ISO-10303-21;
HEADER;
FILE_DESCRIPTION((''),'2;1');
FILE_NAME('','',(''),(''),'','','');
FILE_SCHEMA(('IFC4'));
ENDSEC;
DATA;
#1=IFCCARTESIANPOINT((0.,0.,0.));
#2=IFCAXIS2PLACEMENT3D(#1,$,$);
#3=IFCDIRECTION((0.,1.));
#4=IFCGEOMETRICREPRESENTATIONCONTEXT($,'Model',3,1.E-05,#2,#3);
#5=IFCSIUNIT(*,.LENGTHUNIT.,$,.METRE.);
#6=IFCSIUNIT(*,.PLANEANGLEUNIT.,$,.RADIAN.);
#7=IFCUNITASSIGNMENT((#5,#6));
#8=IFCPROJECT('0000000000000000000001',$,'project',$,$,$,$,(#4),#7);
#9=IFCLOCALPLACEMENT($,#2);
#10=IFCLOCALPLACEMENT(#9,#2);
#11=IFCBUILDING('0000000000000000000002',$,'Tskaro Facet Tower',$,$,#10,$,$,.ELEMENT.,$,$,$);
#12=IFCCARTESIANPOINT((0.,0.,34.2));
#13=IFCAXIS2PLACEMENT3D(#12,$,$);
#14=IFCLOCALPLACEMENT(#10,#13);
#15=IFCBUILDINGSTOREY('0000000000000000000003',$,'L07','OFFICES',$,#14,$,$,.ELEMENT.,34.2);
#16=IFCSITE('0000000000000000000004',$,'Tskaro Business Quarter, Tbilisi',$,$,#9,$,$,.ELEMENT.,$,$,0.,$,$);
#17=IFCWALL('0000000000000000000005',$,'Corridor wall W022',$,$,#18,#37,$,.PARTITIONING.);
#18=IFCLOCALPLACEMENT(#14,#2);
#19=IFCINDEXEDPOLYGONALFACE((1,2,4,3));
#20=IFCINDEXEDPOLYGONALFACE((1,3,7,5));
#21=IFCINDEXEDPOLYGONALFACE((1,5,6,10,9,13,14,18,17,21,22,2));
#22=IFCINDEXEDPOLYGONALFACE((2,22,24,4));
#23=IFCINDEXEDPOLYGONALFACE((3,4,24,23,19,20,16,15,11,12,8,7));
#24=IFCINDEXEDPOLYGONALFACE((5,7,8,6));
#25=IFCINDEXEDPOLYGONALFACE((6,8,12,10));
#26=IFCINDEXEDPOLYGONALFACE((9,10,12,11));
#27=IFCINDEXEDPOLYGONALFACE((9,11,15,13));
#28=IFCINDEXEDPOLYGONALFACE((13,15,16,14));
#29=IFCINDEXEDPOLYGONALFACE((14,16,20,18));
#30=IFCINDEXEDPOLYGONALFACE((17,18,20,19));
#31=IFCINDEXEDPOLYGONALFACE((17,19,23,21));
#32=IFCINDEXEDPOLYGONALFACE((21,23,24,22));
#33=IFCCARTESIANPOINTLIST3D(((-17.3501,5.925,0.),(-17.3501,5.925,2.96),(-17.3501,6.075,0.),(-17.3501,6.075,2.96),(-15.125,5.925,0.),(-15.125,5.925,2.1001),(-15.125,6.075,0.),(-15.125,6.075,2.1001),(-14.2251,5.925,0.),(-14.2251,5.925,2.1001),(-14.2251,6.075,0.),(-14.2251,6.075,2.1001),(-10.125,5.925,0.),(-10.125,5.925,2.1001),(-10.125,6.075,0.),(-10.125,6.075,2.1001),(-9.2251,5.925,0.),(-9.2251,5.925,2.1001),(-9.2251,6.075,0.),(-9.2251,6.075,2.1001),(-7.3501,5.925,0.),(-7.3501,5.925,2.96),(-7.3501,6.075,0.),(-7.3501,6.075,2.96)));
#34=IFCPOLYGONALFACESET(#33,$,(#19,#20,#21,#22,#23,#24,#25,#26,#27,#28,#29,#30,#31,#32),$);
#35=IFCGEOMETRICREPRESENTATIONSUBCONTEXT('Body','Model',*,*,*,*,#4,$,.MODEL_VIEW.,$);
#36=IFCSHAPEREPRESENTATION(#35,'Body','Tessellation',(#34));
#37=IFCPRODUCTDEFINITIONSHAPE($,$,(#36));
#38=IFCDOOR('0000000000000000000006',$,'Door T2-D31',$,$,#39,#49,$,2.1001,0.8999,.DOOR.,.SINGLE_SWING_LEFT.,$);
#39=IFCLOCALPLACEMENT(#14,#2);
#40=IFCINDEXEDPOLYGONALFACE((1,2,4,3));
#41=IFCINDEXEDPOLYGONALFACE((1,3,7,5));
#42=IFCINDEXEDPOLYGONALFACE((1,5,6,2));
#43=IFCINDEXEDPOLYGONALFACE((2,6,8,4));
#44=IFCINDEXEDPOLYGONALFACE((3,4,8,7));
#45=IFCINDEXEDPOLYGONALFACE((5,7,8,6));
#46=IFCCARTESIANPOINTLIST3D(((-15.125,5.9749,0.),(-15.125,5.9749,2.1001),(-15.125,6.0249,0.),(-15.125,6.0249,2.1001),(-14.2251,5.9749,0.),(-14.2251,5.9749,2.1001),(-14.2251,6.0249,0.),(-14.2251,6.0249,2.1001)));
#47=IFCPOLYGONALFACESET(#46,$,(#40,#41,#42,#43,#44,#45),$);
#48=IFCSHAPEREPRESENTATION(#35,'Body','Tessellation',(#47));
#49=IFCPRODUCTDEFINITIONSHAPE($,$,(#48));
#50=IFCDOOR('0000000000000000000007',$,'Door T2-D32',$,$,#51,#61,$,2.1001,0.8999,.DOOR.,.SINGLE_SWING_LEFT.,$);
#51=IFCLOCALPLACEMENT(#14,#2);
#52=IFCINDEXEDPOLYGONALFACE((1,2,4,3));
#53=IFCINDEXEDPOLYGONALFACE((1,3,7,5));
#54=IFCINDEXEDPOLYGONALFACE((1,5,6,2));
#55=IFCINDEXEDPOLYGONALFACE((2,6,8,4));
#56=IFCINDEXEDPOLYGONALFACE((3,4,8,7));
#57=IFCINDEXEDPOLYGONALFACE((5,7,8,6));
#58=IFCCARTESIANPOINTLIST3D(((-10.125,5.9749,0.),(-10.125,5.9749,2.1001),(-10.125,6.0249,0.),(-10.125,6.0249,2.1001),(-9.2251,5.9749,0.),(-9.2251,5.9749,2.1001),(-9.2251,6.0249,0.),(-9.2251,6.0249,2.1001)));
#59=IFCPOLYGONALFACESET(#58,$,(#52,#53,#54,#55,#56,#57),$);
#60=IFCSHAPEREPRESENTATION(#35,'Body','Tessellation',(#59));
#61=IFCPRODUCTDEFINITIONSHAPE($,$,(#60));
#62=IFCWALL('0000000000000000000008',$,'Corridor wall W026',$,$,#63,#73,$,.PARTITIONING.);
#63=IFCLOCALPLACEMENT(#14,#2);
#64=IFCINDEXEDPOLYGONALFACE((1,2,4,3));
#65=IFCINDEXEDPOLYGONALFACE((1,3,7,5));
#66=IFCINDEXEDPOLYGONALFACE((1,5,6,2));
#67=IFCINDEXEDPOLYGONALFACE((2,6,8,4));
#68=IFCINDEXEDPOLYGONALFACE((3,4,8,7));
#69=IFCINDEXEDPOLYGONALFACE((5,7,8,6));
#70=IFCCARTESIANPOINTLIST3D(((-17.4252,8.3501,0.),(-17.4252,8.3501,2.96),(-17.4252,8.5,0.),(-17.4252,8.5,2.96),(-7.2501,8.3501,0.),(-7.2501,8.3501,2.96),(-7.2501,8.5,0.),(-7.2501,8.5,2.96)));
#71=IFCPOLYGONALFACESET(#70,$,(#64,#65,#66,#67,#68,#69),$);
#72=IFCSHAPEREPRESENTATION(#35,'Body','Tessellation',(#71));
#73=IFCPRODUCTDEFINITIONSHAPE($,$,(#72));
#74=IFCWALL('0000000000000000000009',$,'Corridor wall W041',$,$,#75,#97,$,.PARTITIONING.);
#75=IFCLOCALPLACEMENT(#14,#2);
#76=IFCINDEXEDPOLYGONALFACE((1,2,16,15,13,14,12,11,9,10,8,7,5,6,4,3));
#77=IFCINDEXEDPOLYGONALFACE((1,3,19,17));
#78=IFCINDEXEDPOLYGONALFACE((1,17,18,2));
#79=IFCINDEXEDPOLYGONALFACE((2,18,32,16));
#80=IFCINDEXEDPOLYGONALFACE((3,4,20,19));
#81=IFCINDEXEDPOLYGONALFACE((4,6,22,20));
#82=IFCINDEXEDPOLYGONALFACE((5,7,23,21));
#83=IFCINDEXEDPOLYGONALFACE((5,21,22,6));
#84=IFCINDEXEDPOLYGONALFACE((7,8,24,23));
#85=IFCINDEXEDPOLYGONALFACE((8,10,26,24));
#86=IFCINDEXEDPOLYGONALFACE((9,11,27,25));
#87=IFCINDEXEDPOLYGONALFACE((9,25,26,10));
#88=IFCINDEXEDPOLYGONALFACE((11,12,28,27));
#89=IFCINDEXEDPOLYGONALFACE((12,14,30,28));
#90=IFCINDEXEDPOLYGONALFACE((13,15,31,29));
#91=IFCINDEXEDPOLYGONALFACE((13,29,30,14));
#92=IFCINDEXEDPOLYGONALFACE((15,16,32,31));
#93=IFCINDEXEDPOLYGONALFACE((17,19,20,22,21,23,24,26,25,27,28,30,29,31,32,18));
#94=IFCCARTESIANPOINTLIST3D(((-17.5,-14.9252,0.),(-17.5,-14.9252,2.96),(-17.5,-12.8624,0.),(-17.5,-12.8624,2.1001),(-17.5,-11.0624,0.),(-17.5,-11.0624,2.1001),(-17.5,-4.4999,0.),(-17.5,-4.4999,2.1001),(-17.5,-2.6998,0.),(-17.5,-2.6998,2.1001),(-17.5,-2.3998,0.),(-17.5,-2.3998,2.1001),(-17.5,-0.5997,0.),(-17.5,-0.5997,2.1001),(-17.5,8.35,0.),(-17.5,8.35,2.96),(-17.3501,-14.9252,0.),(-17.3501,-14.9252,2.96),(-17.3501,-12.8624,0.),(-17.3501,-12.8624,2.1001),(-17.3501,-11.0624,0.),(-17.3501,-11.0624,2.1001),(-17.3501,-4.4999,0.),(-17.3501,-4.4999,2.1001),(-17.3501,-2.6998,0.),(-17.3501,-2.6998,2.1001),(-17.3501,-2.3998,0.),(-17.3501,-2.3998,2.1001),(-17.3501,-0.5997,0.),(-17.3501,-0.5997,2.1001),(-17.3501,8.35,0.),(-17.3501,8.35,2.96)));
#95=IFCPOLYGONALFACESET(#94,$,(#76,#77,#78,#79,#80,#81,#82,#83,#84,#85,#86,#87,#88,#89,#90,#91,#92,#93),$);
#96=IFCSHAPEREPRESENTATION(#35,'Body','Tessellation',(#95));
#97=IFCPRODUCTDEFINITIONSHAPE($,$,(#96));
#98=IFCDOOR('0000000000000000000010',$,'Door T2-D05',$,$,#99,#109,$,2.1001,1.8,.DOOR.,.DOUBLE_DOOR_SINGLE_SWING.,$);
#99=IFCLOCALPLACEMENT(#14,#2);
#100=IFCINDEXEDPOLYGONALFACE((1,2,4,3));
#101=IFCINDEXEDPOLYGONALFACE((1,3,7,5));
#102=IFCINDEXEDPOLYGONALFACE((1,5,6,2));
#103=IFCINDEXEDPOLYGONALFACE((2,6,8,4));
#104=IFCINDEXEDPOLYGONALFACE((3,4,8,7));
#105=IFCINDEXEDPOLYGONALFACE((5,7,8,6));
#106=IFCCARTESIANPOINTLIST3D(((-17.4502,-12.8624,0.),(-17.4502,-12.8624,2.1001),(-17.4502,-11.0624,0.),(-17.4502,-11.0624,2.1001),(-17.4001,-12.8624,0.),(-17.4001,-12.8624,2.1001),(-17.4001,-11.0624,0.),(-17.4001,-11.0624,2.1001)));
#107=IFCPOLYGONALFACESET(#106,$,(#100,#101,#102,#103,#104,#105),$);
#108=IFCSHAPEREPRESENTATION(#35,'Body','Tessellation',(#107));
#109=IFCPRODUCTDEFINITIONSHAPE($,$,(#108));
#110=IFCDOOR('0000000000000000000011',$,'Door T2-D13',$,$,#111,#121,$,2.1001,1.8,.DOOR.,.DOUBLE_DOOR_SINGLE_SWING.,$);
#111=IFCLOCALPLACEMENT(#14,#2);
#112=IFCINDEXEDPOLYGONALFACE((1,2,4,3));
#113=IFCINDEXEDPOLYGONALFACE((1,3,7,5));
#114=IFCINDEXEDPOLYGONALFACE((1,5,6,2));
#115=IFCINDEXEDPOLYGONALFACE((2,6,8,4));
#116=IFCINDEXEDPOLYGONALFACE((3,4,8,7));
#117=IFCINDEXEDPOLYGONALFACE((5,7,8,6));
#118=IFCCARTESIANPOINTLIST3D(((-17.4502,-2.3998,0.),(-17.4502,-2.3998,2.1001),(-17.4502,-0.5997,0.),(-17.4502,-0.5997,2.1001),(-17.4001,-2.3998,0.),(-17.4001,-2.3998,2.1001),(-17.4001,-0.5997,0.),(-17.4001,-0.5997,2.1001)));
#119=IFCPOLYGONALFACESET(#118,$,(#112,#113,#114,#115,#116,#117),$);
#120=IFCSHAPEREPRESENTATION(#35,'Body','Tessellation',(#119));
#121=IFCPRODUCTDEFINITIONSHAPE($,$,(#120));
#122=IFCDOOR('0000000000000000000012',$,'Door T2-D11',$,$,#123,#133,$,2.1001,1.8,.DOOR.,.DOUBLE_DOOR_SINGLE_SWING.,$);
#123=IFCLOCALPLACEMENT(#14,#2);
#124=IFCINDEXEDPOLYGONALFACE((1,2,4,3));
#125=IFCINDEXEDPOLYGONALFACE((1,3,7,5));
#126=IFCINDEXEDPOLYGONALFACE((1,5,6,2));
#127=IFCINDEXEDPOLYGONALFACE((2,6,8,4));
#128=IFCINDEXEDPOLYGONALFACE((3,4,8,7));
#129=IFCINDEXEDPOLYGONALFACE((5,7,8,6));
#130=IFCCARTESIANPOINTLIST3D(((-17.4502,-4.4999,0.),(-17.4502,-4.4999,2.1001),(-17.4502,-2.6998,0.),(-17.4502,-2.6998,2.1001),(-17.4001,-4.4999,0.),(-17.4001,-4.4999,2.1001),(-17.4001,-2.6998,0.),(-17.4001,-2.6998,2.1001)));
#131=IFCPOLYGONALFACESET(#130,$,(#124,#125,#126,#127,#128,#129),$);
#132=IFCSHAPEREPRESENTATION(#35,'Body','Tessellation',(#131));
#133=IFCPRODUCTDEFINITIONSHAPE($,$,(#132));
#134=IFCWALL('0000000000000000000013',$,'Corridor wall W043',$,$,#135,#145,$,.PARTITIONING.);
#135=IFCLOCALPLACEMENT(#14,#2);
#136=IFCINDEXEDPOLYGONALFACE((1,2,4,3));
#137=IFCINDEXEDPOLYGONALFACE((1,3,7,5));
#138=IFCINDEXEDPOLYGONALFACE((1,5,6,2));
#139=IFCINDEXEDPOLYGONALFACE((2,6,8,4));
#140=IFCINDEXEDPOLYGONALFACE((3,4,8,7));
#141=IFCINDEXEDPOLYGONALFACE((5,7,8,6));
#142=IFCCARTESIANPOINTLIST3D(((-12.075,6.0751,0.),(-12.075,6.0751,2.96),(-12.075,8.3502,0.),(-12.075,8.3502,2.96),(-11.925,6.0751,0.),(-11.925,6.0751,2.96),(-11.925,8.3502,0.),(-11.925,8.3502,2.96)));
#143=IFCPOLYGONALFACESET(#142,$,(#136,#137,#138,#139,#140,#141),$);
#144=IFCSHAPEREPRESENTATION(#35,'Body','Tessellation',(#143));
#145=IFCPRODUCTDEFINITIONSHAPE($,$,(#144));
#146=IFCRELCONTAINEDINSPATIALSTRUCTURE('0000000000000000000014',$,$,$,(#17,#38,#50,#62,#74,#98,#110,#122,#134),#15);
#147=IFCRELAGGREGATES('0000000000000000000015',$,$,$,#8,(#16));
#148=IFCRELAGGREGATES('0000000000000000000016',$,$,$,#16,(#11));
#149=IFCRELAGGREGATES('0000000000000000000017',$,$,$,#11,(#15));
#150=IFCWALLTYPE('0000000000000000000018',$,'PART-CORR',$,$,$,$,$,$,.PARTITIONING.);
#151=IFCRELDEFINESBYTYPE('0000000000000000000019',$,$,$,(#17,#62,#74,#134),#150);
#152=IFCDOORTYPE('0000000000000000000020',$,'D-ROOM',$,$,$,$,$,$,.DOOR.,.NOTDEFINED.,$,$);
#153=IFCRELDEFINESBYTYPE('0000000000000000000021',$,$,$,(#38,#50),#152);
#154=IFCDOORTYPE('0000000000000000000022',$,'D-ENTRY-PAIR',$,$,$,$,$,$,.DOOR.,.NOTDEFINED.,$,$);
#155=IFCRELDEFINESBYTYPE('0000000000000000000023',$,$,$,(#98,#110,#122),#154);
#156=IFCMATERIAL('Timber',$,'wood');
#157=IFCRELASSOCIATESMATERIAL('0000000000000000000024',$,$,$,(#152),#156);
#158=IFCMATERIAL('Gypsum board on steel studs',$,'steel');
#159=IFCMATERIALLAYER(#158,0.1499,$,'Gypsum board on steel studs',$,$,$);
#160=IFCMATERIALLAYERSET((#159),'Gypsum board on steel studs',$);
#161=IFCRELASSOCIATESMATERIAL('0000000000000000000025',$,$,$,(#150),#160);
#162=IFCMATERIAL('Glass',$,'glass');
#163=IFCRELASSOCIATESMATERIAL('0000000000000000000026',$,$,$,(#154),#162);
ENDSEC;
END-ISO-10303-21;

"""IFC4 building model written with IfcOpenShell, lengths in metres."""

from ifc_helpers import new_model, si_unit, direction, frame, frame_2d, origin, place, context, subcontext, project, spatial, rectangle, extrude, material, layer, layer_set, type_object, element, fill, save


model = new_model("IFC4")

# Units and contexts
model_context = context("Model", 3, precision=1e-05, world=origin(), true_north=direction((0.0, 1.0)))
body_context = subcontext(model_context, "Body", "Model", "MODEL_VIEW")
ifc_project = project(units=[si_unit("LENGTHUNIT", "METRE"), si_unit("PLANEANGLEUNIT", "RADIAN")], contexts=[model_context])

# Site, building, storey
site_placement = place(None, origin())
site = spatial("IfcSite", under=ifc_project, at=site_placement, Name="Tskaro Business Quarter, Tbilisi", CompositionType="ELEMENT", RefElevation=0.0)
building_placement = place(site_placement, origin())
building = spatial("IfcBuilding", under=site, at=building_placement, Name="Tskaro Facet Tower", CompositionType="ELEMENT")
storey_placement = place(building_placement, frame((0.0, 0.0, 34.2)))
storey = spatial("IfcBuildingStorey", under=building, at=storey_placement, Name="L07", Description="OFFICES", CompositionType="ELEMENT", Elevation=34.2)

# Shared definitions
ifc_material_1 = material(Name="Timber", Category="wood")
door_type_1 = type_object("IfcDoorType", Name="D-ROOM", OperationType="NOTDEFINED", PredefinedType="DOOR", material=ifc_material_1)

# Shared definitions
ifc_material_2 = material(Name="Gypsum board on steel studs", Category="steel")

# Wall, openings, doors
ifc_layer_1 = layer(ifc_material_2, 0.1499, Name="Gypsum board on steel studs")
ifc_layer_set_1 = layer_set([ifc_layer_1], Name="Gypsum board on steel studs")
wall_type_1 = type_object("IfcWallType", Name="PART-CORR", PredefinedType="PARTITIONING", material=ifc_layer_set_1)
wall_1_placement = place(storey_placement, frame((-17.3501, 6.0, 0.0), z_axis=(0.0, 0.0, 1.0), x_axis=(1.0, 0.0, 0.0)))
wall_1 = element("IfcWall", 1, at=wall_1_placement, inside=storey, type_object=wall_type_1, Name="Corridor wall W022", PredefinedType="PARTITIONING", context=body_context, shape_type="SweptSolid", body=[
    extrude(rectangle(XDim=10.0, YDim=0.1499, at=frame_2d((5.0, 0.0))), origin(), (0.0, 0.0, 1.0), 2.96),
])
opening_1_placement = place(wall_1_placement, frame((2.2251, 0.0, 0.0)))
opening_1 = element("IfcOpeningElement", 2, at=opening_1_placement, cuts=wall_1, PredefinedType="OPENING", context=body_context, shape_type="SweptSolid", body=[
    extrude(rectangle(XDim=0.8999, YDim=2.1001, at=frame_2d((0.45, 1.05))), frame((0.0, 0.085, 0.0), z_axis=(0.0, -1.0, 0.0), x_axis=(1.0, 0.0, 0.0)), (0.0, 0.0, 1.0), 0.1699),
])
opening_2_placement = place(wall_1_placement, frame((7.2251, 0.0, 0.0)))
opening_2 = element("IfcOpeningElement", 3, at=opening_2_placement, cuts=wall_1, PredefinedType="OPENING", context=body_context, shape_type="SweptSolid", body=[
    extrude(rectangle(XDim=0.8999, YDim=2.1001, at=frame_2d((0.45, 1.05))), frame((0.0, 0.085, 0.0), z_axis=(0.0, -1.0, 0.0), x_axis=(1.0, 0.0, 0.0)), (0.0, 0.0, 1.0), 0.1699),
])
door_1_placement = place(opening_1_placement, origin())
door_1 = element("IfcDoor", 4, at=door_1_placement, inside=storey, type_object=door_type_1, Name="Door T2-D31", OperationType="SINGLE_SWING_LEFT", OverallHeight=2.1001, OverallWidth=0.8999, PredefinedType="DOOR", context=body_context, shape_type="SweptSolid", body=[
    extrude(rectangle(XDim=0.8999, YDim=2.1001, at=frame_2d((0.45, 1.05))), frame((0.0, 0.0249, 0.0), z_axis=(0.0, -1.0, 0.0), x_axis=(1.0, 0.0, 0.0)), (0.0, 0.0, 1.0), 0.05),
])
fill(opening_1, door_1)
door_2_placement = place(opening_2_placement, origin())
door_2 = element("IfcDoor", 5, at=door_2_placement, inside=storey, type_object=door_type_1, Name="Door T2-D32", OperationType="SINGLE_SWING_LEFT", OverallHeight=2.1001, OverallWidth=0.8999, PredefinedType="DOOR", context=body_context, shape_type="SweptSolid", body=[
    extrude(rectangle(XDim=0.8999, YDim=2.1001, at=frame_2d((0.45, 1.05))), frame((0.0, 0.0249, 0.0), z_axis=(0.0, -1.0, 0.0), x_axis=(1.0, 0.0, 0.0)), (0.0, 0.0, 1.0), 0.05),
])
fill(opening_2, door_2)

# Wall
wall_2_placement = place(storey_placement, frame((-17.425, 8.425, 0.0), z_axis=(0.0, 0.0, 1.0), x_axis=(1.0, 0.0, 0.0)))
element("IfcWall", 6, at=wall_2_placement, inside=storey, type_object=wall_type_1, Name="Corridor wall W026", PredefinedType="PARTITIONING", context=body_context, shape_type="SweptSolid", body=[
    extrude(rectangle(XDim=10.175, YDim=0.1499, at=frame_2d((5.0874, 0.0))), origin(), (0.0, 0.0, 1.0), 2.96),
])

# Wall, openings, doors
wall_3_placement = place(storey_placement, frame((-17.425, 8.3501, 0.0), z_axis=(0.0, 0.0, 1.0), x_axis=(0.0, -1.0, 0.0)))
wall_3 = element("IfcWall", 7, at=wall_3_placement, inside=storey, type_object=wall_type_1, Name="Corridor wall W041", PredefinedType="PARTITIONING", context=body_context, shape_type="SweptSolid", body=[
    extrude(rectangle(XDim=23.2751, YDim=0.1499, at=frame_2d((11.6377, 0.0))), origin(), (0.0, 0.0, 1.0), 2.96),
])
opening_3_placement = place(wall_3_placement, frame((19.4126, 0.0, 0.0)))
opening_3 = element("IfcOpeningElement", 8, at=opening_3_placement, cuts=wall_3, PredefinedType="OPENING", context=body_context, shape_type="SweptSolid", body=[
    extrude(rectangle(XDim=1.8, YDim=2.1001, at=frame_2d((0.8999, 1.05))), frame((0.0, 0.085, 0.0), z_axis=(0.0, -1.0, 0.0), x_axis=(1.0, 0.0, 0.0)), (0.0, 0.0, 1.0), 0.1699),
])
opening_4_placement = place(wall_3_placement, frame((8.95, 0.0, 0.0)))
opening_4 = element("IfcOpeningElement", 9, at=opening_4_placement, cuts=wall_3, PredefinedType="OPENING", context=body_context, shape_type="SweptSolid", body=[
    extrude(rectangle(XDim=1.8, YDim=2.1001, at=frame_2d((0.8999, 1.05))), frame((0.0, 0.085, 0.0), z_axis=(0.0, -1.0, 0.0), x_axis=(1.0, 0.0, 0.0)), (0.0, 0.0, 1.0), 0.1699),
])
opening_5_placement = place(wall_3_placement, frame((11.05, 0.0, 0.0)))
opening_5 = element("IfcOpeningElement", 10, at=opening_5_placement, cuts=wall_3, PredefinedType="OPENING", context=body_context, shape_type="SweptSolid", body=[
    extrude(rectangle(XDim=1.8, YDim=2.1001, at=frame_2d((0.8999, 1.05))), frame((0.0, 0.085, 0.0), z_axis=(0.0, -1.0, 0.0), x_axis=(1.0, 0.0, 0.0)), (0.0, 0.0, 1.0), 0.1699),
])
ifc_material_3 = material(Name="Glass", Category="glass")
door_type_2 = type_object("IfcDoorType", Name="D-ENTRY-PAIR", OperationType="NOTDEFINED", PredefinedType="DOOR", material=ifc_material_3)
door_3_placement = place(opening_3_placement, origin())
door_3 = element("IfcDoor", 11, at=door_3_placement, inside=storey, type_object=door_type_2, Name="Door T2-D05", OperationType="DOUBLE_DOOR_SINGLE_SWING", OverallHeight=2.1001, OverallWidth=1.8, PredefinedType="DOOR", context=body_context, shape_type="SweptSolid", body=[
    extrude(rectangle(XDim=1.8, YDim=2.1001, at=frame_2d((0.8999, 1.05))), frame((0.0, 0.0249, 0.0), z_axis=(0.0, -1.0, 0.0), x_axis=(1.0, 0.0, 0.0)), (0.0, 0.0, 1.0), 0.05),
])
fill(opening_3, door_3)
door_4_placement = place(opening_4_placement, origin())
door_4 = element("IfcDoor", 12, at=door_4_placement, inside=storey, type_object=door_type_2, Name="Door T2-D13", OperationType="DOUBLE_DOOR_SINGLE_SWING", OverallHeight=2.1001, OverallWidth=1.8, PredefinedType="DOOR", context=body_context, shape_type="SweptSolid", body=[
    extrude(rectangle(XDim=1.8, YDim=2.1001, at=frame_2d((0.8999, 1.05))), frame((0.0, 0.0249, 0.0), z_axis=(0.0, -1.0, 0.0), x_axis=(1.0, 0.0, 0.0)), (0.0, 0.0, 1.0), 0.05),
])
fill(opening_4, door_4)
door_5_placement = place(opening_5_placement, origin())
door_5 = element("IfcDoor", 13, at=door_5_placement, inside=storey, type_object=door_type_2, Name="Door T2-D11", OperationType="DOUBLE_DOOR_SINGLE_SWING", OverallHeight=2.1001, OverallWidth=1.8, PredefinedType="DOOR", context=body_context, shape_type="SweptSolid", body=[
    extrude(rectangle(XDim=1.8, YDim=2.1001, at=frame_2d((0.8999, 1.05))), frame((0.0, 0.0249, 0.0), z_axis=(0.0, -1.0, 0.0), x_axis=(1.0, 0.0, 0.0)), (0.0, 0.0, 1.0), 0.05),
])
fill(opening_5, door_5)

# Wall
wall_4_placement = place(storey_placement, frame((-12.0, 6.075, 0.0), z_axis=(0.0, 0.0, 1.0), x_axis=(0.0, 1.0, 0.0)))
element("IfcWall", 14, at=wall_4_placement, inside=storey, type_object=wall_type_1, Name="Corridor wall W043", PredefinedType="PARTITIONING", context=body_context, shape_type="SweptSolid", body=[
    extrude(rectangle(XDim=2.2751, YDim=0.1499, at=frame_2d((1.1377, 0.0))), origin(), (0.0, 0.0, 1.0), 2.96),
])

save(model, "model.ifc")
